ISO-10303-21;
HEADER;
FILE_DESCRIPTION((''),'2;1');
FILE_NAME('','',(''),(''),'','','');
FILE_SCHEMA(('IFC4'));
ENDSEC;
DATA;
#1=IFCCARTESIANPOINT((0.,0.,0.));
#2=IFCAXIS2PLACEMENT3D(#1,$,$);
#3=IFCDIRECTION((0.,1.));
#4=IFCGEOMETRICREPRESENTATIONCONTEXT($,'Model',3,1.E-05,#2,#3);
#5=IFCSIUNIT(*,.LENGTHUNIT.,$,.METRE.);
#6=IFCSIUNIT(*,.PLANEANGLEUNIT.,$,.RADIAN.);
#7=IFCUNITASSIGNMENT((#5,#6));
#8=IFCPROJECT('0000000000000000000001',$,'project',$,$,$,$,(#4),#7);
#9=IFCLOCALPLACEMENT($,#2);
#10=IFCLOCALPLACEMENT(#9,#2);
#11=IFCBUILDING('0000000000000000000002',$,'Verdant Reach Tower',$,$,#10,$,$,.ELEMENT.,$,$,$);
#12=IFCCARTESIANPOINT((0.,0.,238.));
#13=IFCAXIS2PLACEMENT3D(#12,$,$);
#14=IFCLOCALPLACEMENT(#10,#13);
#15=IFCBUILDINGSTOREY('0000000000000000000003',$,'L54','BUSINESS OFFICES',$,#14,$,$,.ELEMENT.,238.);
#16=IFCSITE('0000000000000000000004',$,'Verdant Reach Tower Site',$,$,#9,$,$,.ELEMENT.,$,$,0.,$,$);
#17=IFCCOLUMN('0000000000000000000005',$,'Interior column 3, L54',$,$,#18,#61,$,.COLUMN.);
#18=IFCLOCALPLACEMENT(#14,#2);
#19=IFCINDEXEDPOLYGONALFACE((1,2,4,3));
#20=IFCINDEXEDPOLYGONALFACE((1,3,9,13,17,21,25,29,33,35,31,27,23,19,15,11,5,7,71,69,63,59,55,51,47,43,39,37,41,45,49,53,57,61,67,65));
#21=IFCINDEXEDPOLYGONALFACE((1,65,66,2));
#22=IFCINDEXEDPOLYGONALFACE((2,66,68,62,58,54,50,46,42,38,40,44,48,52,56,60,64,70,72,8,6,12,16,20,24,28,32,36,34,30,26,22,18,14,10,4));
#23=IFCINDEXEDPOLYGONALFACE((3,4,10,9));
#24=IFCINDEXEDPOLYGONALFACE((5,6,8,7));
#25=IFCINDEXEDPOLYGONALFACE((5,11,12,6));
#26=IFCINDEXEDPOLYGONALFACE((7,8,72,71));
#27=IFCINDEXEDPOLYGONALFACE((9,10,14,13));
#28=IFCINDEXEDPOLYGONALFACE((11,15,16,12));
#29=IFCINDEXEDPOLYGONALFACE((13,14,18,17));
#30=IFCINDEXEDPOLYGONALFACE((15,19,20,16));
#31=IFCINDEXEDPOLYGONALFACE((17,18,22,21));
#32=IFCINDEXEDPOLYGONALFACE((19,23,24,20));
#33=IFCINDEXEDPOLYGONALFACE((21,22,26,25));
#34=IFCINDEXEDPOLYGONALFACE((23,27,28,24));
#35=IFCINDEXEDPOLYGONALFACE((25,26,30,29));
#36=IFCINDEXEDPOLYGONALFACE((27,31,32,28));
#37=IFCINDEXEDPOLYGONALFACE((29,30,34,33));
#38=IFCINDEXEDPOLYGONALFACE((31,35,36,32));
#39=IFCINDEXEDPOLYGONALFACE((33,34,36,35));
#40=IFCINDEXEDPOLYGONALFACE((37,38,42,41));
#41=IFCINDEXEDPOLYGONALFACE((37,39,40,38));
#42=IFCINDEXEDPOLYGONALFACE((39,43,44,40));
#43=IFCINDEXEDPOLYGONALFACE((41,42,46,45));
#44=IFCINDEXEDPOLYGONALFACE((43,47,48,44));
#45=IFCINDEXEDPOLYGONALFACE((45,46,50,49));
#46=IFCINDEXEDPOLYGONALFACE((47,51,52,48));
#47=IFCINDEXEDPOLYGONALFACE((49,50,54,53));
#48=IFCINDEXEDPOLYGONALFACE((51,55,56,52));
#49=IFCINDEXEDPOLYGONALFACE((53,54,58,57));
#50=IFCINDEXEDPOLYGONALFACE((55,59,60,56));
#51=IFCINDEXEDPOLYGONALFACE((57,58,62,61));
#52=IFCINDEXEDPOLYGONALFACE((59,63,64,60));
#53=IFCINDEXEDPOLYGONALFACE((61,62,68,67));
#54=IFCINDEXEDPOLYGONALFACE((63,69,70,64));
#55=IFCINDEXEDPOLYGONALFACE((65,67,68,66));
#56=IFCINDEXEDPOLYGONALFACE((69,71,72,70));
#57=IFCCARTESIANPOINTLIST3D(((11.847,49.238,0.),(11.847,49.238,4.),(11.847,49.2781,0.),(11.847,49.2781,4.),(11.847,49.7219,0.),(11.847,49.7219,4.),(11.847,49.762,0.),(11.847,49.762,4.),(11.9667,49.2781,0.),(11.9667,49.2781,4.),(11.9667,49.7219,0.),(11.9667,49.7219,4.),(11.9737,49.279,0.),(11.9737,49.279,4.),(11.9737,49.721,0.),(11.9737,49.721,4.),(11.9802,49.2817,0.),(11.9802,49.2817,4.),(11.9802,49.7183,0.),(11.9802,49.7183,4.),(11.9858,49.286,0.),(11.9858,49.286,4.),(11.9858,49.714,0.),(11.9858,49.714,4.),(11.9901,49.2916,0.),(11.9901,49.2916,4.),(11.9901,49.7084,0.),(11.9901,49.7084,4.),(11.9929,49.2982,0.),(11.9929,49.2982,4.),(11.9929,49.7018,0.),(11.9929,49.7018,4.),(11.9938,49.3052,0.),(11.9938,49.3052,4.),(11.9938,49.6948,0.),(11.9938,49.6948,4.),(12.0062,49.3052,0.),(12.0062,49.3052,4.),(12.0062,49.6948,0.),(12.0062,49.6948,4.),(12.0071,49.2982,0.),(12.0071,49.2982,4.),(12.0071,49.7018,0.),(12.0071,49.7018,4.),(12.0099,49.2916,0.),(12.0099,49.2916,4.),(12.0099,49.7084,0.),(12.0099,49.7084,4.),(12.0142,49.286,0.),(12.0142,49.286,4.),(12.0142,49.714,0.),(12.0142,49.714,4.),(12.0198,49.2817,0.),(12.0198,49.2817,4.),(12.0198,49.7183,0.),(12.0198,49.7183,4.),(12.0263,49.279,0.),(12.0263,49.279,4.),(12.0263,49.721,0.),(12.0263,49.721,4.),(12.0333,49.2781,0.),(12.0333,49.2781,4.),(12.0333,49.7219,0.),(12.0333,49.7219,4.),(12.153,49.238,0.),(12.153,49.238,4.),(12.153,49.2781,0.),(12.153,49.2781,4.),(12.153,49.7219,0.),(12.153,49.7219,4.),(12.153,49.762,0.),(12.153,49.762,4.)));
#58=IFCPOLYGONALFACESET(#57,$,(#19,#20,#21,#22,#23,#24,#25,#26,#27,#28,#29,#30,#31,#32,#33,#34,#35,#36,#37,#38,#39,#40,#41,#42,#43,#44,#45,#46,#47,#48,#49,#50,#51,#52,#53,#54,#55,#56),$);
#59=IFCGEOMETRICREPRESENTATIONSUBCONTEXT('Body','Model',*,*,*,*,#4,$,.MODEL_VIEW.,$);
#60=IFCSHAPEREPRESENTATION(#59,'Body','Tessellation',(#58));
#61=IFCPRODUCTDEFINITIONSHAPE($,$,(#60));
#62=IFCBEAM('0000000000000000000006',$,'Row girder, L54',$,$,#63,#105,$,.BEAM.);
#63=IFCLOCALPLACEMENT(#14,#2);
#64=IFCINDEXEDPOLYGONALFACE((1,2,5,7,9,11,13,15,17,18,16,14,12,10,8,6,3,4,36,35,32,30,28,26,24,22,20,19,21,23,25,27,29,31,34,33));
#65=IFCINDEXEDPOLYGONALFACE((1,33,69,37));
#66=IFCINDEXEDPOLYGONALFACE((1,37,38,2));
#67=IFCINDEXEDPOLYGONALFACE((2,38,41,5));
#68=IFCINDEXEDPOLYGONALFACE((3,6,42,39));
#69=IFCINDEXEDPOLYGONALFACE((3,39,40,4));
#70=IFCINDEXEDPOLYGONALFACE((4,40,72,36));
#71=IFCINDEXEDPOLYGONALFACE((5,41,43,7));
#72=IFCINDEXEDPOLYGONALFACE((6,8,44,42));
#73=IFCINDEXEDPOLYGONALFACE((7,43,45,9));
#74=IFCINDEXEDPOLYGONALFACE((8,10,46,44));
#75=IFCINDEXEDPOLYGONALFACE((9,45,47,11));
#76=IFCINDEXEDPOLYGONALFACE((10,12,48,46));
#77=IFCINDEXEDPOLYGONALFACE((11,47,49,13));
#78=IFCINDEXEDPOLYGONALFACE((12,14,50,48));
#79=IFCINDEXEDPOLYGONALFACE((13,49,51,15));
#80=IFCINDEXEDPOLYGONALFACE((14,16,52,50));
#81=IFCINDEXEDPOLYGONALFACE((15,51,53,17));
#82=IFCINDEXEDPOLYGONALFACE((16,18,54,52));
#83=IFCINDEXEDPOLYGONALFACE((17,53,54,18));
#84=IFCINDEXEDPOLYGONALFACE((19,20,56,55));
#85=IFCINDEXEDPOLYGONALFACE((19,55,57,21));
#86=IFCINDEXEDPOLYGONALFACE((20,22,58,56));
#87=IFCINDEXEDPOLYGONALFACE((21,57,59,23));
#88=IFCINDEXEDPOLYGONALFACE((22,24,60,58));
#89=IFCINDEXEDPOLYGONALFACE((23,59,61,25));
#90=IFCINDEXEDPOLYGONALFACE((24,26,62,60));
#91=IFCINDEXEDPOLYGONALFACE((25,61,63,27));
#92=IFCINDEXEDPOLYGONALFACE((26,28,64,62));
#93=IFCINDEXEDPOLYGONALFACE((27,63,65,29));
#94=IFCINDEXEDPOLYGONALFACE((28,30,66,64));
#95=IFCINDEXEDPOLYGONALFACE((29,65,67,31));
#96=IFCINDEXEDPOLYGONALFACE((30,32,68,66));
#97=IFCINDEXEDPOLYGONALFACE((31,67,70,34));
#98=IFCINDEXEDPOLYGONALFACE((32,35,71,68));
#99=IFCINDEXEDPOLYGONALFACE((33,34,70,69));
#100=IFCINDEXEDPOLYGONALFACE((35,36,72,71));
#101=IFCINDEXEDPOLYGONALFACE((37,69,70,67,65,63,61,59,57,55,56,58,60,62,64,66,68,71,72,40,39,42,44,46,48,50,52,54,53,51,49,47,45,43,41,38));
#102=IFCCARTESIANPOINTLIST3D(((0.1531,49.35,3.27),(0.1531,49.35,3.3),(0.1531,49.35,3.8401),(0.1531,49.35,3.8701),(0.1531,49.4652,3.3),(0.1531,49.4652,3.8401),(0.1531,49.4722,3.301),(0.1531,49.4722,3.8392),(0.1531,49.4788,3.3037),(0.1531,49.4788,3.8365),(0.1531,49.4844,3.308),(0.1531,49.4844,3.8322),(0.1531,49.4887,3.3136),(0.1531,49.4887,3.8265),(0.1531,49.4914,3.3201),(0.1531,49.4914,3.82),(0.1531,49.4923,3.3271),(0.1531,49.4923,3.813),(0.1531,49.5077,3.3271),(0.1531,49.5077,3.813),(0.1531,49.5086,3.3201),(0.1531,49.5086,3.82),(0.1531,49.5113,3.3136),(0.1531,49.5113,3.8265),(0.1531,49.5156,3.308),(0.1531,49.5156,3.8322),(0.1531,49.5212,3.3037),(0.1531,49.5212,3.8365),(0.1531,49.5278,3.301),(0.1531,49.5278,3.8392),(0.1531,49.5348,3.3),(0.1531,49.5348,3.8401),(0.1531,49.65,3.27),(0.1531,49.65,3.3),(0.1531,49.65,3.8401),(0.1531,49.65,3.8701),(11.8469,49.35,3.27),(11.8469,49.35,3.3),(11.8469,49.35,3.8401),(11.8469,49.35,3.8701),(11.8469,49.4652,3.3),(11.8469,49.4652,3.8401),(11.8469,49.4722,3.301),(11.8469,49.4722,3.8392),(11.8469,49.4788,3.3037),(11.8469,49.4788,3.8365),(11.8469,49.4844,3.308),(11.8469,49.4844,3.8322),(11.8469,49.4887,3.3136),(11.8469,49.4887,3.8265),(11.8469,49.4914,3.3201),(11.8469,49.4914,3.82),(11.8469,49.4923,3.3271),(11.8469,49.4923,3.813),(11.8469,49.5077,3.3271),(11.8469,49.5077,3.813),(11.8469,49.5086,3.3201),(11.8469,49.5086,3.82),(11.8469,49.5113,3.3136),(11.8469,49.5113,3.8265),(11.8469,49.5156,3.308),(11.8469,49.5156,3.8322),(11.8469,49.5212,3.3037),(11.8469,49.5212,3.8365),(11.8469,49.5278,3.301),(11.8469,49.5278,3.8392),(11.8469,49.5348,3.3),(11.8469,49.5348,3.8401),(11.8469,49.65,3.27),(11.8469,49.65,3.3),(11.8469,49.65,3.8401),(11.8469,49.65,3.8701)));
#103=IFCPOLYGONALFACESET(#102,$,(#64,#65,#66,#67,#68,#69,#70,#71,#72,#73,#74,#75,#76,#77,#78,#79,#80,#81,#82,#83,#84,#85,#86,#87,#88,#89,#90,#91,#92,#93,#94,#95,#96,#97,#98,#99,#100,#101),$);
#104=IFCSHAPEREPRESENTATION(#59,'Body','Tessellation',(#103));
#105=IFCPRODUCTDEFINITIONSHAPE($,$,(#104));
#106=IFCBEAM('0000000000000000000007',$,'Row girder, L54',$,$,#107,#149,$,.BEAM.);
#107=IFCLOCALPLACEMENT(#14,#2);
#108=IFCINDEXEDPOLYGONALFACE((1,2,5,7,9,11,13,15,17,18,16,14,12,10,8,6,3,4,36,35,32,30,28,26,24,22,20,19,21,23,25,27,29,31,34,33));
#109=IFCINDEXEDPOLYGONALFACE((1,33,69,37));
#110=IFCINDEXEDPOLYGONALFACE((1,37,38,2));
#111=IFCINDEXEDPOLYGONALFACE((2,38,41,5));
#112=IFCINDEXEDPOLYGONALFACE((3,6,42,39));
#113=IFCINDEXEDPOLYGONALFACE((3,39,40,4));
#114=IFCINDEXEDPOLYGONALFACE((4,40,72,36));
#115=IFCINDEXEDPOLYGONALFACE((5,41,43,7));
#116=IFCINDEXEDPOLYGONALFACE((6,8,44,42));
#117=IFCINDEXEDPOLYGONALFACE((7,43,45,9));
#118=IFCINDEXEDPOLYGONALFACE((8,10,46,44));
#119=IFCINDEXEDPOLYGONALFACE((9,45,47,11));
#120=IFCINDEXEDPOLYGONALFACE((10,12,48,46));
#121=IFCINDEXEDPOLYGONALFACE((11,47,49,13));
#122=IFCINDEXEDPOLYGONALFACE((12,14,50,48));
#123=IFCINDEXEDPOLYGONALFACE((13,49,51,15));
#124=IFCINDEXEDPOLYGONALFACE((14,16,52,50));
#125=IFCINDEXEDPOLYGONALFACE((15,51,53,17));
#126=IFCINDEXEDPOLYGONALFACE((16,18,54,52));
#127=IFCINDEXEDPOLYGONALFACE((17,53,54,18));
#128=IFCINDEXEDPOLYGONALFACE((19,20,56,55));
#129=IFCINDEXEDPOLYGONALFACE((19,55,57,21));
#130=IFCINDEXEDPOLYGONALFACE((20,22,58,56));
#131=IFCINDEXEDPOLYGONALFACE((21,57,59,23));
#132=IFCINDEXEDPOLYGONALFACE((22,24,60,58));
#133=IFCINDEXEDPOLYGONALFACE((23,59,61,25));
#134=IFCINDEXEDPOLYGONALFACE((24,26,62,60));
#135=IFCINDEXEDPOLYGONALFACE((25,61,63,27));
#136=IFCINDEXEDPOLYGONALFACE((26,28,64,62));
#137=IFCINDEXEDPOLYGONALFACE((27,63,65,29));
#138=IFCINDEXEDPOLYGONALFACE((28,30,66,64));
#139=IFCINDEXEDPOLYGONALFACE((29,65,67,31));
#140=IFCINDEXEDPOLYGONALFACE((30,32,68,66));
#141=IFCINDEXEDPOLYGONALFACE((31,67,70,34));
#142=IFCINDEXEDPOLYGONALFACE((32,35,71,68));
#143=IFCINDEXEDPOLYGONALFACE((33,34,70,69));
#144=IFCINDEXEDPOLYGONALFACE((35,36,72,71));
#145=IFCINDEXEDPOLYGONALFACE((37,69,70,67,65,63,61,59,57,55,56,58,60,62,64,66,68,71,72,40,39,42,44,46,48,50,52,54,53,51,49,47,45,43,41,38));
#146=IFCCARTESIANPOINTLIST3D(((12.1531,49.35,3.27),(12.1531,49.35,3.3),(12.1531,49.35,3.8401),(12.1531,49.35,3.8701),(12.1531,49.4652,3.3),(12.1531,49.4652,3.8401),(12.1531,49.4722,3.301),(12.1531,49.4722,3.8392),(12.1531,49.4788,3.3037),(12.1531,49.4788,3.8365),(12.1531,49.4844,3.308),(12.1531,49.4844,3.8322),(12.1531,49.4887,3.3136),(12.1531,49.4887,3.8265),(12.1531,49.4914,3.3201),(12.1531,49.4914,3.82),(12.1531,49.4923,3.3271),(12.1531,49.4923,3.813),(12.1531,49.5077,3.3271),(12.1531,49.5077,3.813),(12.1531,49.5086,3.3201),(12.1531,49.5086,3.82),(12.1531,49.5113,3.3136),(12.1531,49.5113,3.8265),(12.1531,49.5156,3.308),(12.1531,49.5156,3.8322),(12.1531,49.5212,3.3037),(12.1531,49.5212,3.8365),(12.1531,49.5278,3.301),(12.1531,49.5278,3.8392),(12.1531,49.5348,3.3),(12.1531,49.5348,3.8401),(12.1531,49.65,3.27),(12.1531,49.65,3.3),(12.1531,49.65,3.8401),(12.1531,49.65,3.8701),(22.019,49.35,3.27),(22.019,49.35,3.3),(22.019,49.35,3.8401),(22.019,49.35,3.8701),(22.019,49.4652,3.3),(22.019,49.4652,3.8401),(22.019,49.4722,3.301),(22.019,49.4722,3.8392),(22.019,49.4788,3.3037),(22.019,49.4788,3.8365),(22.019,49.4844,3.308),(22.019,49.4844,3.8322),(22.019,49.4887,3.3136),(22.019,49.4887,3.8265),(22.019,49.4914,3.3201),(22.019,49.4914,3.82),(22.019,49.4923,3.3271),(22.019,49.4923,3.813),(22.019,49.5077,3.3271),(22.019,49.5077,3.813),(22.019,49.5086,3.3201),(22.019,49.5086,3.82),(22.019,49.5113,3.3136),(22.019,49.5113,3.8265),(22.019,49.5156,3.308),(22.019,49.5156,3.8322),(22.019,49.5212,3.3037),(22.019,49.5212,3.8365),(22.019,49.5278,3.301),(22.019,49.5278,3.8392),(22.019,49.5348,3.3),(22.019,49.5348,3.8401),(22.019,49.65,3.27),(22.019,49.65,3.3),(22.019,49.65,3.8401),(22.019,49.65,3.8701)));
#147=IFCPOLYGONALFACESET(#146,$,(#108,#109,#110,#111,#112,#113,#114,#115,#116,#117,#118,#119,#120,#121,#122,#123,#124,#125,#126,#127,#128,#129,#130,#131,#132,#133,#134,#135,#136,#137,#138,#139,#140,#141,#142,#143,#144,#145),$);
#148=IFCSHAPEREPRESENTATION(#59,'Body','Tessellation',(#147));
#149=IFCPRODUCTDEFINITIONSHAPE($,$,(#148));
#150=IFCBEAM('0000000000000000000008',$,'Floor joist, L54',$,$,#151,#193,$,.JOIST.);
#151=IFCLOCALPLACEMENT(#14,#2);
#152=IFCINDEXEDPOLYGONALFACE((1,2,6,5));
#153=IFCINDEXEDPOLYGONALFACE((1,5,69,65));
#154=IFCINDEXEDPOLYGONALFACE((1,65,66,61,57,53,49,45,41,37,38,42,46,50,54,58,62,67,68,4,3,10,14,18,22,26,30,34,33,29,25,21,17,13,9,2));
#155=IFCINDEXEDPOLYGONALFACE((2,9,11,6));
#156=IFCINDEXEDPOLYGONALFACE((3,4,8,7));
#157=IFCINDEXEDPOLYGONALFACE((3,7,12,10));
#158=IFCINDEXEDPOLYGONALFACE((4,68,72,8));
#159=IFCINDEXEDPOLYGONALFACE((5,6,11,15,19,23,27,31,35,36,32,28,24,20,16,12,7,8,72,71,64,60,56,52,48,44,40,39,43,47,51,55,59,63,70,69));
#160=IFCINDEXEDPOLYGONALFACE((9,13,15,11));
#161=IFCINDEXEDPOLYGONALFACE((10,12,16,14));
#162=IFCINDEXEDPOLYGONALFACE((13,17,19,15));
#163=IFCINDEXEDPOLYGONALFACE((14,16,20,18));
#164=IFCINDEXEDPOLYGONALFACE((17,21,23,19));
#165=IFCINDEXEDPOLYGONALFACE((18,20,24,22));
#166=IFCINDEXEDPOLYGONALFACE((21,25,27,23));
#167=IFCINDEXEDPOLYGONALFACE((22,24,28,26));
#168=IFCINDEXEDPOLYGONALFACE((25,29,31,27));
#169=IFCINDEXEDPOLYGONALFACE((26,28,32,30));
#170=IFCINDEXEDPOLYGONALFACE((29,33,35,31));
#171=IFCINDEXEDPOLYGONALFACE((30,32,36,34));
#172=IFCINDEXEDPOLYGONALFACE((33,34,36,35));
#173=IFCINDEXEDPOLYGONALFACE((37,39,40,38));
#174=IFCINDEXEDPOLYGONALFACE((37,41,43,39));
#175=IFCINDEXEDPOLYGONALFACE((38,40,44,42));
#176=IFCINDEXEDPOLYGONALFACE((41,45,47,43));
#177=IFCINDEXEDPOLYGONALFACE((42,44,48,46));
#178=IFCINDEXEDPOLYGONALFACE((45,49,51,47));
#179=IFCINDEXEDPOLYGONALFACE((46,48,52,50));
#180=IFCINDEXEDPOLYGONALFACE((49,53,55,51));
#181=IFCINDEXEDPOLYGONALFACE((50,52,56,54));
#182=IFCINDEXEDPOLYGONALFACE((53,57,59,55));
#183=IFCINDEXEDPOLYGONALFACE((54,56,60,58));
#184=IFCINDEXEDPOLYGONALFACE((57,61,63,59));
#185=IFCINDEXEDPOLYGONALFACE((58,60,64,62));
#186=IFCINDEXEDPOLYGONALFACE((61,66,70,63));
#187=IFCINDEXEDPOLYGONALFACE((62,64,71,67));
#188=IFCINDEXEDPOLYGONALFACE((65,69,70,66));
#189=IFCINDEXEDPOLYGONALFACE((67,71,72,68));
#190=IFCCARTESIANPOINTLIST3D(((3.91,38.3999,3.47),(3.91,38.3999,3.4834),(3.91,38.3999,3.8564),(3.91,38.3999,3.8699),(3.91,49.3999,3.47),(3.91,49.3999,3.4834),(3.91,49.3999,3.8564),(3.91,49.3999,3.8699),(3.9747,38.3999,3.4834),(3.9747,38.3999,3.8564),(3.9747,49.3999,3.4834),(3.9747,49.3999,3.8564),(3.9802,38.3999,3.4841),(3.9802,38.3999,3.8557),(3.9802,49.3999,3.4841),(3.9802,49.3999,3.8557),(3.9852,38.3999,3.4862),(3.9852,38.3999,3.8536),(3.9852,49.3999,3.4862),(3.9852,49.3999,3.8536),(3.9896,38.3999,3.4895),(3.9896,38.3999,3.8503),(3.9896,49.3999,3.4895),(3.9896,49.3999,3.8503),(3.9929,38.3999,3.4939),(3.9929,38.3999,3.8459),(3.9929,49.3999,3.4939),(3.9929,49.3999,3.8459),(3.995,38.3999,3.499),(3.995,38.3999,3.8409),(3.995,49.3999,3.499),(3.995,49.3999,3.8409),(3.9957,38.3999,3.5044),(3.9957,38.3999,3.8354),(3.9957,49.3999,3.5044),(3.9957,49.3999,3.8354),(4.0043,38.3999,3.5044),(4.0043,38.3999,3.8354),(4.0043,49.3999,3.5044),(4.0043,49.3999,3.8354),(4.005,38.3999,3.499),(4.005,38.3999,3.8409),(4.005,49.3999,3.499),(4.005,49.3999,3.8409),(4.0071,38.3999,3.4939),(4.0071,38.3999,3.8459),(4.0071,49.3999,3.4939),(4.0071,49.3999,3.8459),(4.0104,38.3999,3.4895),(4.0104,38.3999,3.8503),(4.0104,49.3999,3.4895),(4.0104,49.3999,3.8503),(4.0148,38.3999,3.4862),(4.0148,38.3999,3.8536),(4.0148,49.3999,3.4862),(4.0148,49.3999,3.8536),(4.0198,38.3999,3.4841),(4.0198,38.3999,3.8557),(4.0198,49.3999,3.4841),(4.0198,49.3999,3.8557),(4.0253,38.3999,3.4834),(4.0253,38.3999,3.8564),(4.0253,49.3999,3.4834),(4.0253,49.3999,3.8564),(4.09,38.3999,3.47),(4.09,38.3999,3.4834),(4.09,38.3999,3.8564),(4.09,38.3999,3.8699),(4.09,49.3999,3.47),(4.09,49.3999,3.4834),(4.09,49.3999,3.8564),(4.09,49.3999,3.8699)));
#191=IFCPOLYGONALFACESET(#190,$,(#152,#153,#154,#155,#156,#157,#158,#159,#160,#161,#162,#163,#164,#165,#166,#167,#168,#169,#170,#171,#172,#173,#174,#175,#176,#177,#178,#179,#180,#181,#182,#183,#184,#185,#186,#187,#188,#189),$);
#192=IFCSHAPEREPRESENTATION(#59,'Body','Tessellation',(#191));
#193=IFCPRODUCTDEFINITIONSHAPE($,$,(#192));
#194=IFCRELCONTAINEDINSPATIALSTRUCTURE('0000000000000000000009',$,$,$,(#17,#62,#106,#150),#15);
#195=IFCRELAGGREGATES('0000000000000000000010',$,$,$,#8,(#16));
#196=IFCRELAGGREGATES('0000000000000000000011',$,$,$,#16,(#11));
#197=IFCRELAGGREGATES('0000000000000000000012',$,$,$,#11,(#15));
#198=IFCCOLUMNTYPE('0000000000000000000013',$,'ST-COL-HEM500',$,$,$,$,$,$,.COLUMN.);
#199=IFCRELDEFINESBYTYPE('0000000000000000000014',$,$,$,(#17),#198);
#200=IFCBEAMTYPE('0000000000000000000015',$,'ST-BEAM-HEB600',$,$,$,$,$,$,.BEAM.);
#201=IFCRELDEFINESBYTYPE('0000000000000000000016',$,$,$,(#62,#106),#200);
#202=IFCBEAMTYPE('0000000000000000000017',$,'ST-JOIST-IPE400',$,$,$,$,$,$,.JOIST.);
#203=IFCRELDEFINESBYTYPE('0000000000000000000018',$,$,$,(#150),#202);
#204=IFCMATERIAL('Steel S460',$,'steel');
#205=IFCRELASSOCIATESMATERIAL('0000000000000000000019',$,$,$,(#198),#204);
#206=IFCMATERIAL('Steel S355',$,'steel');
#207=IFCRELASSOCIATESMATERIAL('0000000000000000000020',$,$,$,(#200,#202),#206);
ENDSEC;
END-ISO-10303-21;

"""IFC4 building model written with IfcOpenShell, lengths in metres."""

from ifc_helpers import new_model, si_unit, direction, frame, origin, origin_2d, place, context, subcontext, project, spatial, i_section, extrude, material, material_profile, profile_set, type_object, element, save


model = new_model("IFC4")

# Units and contexts
model_context = context("Model", 3, precision=1e-05, world=origin(), true_north=direction((0.0, 1.0)))
body_context = subcontext(model_context, "Body", "Model", "MODEL_VIEW")
ifc_project = project(units=[si_unit("LENGTHUNIT", "METRE"), si_unit("PLANEANGLEUNIT", "RADIAN")], contexts=[model_context])

# Site, building, storey
site_placement = place(None, origin())
site = spatial("IfcSite", under=ifc_project, at=site_placement, Name="Verdant Reach Tower Site", CompositionType="ELEMENT", RefElevation=0.0)
building_placement = place(site_placement, origin())
building = spatial("IfcBuilding", under=site, at=building_placement, Name="Verdant Reach Tower", CompositionType="ELEMENT")
storey_placement = place(building_placement, frame((0.0, 0.0, 238.0)))
storey = spatial("IfcBuildingStorey", under=building, at=storey_placement, Name="L54", Description="BUSINESS OFFICES", CompositionType="ELEMENT", Elevation=238.0)

# Column
ifc_material_1 = material(Name="Steel S460", Category="steel")
ifc_material_profile_1 = material_profile(ifc_material_1, i_section(OverallWidth=0.3059, OverallDepth=0.5239, WebThickness=0.0125, FlangeThickness=0.04, FilletRadius=0.0271, at=origin_2d()), Name="HEM 500")
ifc_profile_set_1 = profile_set([ifc_material_profile_1], Name="Steel S460")
column_type = type_object("IfcColumnType", Name="ST-COL-HEM500", PredefinedType="COLUMN", material=ifc_profile_set_1)
column_placement = place(storey_placement, frame((12.0, 49.5, 0.0), z_axis=(0.0, 0.0, 1.0), x_axis=(1.0, 0.0, 0.0)))
element("IfcColumn", 1, at=column_placement, inside=storey, type_object=column_type, Name="Interior column 3, L54", PredefinedType="COLUMN", context=body_context, shape_type="SweptSolid", body=[
    extrude(i_section(OverallWidth=0.3059, OverallDepth=0.5239, WebThickness=0.0125, FlangeThickness=0.04, FilletRadius=0.0271, at=origin_2d()), origin(), (0.0, 0.0, 1.0), 4.0),
])

# Beams
ifc_material_2 = material(Name="Steel S355", Category="steel")
ifc_material_profile_2 = material_profile(ifc_material_2, i_section(OverallWidth=0.3, OverallDepth=0.6001, WebThickness=0.0154, FlangeThickness=0.03, FilletRadius=0.0271, at=origin_2d()), Name="HEB 600")
ifc_profile_set_2 = profile_set([ifc_material_profile_2], Name="Steel S355")
beam_type_1 = type_object("IfcBeamType", Name="ST-BEAM-HEB600", PredefinedType="BEAM", material=ifc_profile_set_2)
beam_1_placement = place(storey_placement, frame((0.1531, 49.5, 3.5701), z_axis=(1.0, 0.0, 0.0), x_axis=(0.0, 1.0, 0.0)))
element("IfcBeam", 2, at=beam_1_placement, inside=storey, type_object=beam_type_1, Name="Row girder, L54", PredefinedType="BEAM", context=body_context, shape_type="SweptSolid", body=[
    extrude(i_section(OverallWidth=0.3, OverallDepth=0.6001, WebThickness=0.0154, FlangeThickness=0.03, FilletRadius=0.0271, at=origin_2d()), origin(), (0.0, 0.0, 1.0), 11.6938),
])
beam_2_placement = place(storey_placement, frame((12.1531, 49.5, 3.5701), z_axis=(1.0, 0.0, 0.0), x_axis=(0.0, 1.0, 0.0)))
element("IfcBeam", 3, at=beam_2_placement, inside=storey, type_object=beam_type_1, Name="Row girder, L54", PredefinedType="BEAM", context=body_context, shape_type="SweptSolid", body=[
    extrude(i_section(OverallWidth=0.3, OverallDepth=0.6001, WebThickness=0.0154, FlangeThickness=0.03, FilletRadius=0.0271, at=origin_2d()), origin(), (0.0, 0.0, 1.0), 9.866),
])
ifc_material_profile_3 = material_profile(ifc_material_2, i_section(OverallWidth=0.1799, OverallDepth=0.3999, WebThickness=0.0085, FlangeThickness=0.0134, FilletRadius=0.021, at=origin_2d()), Name="IPE 400")
ifc_profile_set_3 = profile_set([ifc_material_profile_3], Name="Steel S355")
beam_type_2 = type_object("IfcBeamType", Name="ST-JOIST-IPE400", PredefinedType="JOIST", material=ifc_profile_set_3)
for number, where, z_axis, x_axis, name in (
    (4, (4.0, 38.3999, 3.6699), (0.0, 1.0, 0.0), (-1.0, 0.0, 0.0), "Floor joist, L54"),
):
    element("IfcBeam", number, at=place(storey_placement, frame(where, z_axis=z_axis, x_axis=x_axis)), inside=storey, type_object=beam_type_2, Name=name, PredefinedType="JOIST", context=body_context, shape_type="SweptSolid", body=[
        extrude(i_section(OverallWidth=0.1799, OverallDepth=0.3999, WebThickness=0.0085, FlangeThickness=0.0134, FilletRadius=0.021, at=origin_2d()), origin(), (0.0, 0.0, 1.0), 11.0),
    ])

save(model, "model.ifc")
